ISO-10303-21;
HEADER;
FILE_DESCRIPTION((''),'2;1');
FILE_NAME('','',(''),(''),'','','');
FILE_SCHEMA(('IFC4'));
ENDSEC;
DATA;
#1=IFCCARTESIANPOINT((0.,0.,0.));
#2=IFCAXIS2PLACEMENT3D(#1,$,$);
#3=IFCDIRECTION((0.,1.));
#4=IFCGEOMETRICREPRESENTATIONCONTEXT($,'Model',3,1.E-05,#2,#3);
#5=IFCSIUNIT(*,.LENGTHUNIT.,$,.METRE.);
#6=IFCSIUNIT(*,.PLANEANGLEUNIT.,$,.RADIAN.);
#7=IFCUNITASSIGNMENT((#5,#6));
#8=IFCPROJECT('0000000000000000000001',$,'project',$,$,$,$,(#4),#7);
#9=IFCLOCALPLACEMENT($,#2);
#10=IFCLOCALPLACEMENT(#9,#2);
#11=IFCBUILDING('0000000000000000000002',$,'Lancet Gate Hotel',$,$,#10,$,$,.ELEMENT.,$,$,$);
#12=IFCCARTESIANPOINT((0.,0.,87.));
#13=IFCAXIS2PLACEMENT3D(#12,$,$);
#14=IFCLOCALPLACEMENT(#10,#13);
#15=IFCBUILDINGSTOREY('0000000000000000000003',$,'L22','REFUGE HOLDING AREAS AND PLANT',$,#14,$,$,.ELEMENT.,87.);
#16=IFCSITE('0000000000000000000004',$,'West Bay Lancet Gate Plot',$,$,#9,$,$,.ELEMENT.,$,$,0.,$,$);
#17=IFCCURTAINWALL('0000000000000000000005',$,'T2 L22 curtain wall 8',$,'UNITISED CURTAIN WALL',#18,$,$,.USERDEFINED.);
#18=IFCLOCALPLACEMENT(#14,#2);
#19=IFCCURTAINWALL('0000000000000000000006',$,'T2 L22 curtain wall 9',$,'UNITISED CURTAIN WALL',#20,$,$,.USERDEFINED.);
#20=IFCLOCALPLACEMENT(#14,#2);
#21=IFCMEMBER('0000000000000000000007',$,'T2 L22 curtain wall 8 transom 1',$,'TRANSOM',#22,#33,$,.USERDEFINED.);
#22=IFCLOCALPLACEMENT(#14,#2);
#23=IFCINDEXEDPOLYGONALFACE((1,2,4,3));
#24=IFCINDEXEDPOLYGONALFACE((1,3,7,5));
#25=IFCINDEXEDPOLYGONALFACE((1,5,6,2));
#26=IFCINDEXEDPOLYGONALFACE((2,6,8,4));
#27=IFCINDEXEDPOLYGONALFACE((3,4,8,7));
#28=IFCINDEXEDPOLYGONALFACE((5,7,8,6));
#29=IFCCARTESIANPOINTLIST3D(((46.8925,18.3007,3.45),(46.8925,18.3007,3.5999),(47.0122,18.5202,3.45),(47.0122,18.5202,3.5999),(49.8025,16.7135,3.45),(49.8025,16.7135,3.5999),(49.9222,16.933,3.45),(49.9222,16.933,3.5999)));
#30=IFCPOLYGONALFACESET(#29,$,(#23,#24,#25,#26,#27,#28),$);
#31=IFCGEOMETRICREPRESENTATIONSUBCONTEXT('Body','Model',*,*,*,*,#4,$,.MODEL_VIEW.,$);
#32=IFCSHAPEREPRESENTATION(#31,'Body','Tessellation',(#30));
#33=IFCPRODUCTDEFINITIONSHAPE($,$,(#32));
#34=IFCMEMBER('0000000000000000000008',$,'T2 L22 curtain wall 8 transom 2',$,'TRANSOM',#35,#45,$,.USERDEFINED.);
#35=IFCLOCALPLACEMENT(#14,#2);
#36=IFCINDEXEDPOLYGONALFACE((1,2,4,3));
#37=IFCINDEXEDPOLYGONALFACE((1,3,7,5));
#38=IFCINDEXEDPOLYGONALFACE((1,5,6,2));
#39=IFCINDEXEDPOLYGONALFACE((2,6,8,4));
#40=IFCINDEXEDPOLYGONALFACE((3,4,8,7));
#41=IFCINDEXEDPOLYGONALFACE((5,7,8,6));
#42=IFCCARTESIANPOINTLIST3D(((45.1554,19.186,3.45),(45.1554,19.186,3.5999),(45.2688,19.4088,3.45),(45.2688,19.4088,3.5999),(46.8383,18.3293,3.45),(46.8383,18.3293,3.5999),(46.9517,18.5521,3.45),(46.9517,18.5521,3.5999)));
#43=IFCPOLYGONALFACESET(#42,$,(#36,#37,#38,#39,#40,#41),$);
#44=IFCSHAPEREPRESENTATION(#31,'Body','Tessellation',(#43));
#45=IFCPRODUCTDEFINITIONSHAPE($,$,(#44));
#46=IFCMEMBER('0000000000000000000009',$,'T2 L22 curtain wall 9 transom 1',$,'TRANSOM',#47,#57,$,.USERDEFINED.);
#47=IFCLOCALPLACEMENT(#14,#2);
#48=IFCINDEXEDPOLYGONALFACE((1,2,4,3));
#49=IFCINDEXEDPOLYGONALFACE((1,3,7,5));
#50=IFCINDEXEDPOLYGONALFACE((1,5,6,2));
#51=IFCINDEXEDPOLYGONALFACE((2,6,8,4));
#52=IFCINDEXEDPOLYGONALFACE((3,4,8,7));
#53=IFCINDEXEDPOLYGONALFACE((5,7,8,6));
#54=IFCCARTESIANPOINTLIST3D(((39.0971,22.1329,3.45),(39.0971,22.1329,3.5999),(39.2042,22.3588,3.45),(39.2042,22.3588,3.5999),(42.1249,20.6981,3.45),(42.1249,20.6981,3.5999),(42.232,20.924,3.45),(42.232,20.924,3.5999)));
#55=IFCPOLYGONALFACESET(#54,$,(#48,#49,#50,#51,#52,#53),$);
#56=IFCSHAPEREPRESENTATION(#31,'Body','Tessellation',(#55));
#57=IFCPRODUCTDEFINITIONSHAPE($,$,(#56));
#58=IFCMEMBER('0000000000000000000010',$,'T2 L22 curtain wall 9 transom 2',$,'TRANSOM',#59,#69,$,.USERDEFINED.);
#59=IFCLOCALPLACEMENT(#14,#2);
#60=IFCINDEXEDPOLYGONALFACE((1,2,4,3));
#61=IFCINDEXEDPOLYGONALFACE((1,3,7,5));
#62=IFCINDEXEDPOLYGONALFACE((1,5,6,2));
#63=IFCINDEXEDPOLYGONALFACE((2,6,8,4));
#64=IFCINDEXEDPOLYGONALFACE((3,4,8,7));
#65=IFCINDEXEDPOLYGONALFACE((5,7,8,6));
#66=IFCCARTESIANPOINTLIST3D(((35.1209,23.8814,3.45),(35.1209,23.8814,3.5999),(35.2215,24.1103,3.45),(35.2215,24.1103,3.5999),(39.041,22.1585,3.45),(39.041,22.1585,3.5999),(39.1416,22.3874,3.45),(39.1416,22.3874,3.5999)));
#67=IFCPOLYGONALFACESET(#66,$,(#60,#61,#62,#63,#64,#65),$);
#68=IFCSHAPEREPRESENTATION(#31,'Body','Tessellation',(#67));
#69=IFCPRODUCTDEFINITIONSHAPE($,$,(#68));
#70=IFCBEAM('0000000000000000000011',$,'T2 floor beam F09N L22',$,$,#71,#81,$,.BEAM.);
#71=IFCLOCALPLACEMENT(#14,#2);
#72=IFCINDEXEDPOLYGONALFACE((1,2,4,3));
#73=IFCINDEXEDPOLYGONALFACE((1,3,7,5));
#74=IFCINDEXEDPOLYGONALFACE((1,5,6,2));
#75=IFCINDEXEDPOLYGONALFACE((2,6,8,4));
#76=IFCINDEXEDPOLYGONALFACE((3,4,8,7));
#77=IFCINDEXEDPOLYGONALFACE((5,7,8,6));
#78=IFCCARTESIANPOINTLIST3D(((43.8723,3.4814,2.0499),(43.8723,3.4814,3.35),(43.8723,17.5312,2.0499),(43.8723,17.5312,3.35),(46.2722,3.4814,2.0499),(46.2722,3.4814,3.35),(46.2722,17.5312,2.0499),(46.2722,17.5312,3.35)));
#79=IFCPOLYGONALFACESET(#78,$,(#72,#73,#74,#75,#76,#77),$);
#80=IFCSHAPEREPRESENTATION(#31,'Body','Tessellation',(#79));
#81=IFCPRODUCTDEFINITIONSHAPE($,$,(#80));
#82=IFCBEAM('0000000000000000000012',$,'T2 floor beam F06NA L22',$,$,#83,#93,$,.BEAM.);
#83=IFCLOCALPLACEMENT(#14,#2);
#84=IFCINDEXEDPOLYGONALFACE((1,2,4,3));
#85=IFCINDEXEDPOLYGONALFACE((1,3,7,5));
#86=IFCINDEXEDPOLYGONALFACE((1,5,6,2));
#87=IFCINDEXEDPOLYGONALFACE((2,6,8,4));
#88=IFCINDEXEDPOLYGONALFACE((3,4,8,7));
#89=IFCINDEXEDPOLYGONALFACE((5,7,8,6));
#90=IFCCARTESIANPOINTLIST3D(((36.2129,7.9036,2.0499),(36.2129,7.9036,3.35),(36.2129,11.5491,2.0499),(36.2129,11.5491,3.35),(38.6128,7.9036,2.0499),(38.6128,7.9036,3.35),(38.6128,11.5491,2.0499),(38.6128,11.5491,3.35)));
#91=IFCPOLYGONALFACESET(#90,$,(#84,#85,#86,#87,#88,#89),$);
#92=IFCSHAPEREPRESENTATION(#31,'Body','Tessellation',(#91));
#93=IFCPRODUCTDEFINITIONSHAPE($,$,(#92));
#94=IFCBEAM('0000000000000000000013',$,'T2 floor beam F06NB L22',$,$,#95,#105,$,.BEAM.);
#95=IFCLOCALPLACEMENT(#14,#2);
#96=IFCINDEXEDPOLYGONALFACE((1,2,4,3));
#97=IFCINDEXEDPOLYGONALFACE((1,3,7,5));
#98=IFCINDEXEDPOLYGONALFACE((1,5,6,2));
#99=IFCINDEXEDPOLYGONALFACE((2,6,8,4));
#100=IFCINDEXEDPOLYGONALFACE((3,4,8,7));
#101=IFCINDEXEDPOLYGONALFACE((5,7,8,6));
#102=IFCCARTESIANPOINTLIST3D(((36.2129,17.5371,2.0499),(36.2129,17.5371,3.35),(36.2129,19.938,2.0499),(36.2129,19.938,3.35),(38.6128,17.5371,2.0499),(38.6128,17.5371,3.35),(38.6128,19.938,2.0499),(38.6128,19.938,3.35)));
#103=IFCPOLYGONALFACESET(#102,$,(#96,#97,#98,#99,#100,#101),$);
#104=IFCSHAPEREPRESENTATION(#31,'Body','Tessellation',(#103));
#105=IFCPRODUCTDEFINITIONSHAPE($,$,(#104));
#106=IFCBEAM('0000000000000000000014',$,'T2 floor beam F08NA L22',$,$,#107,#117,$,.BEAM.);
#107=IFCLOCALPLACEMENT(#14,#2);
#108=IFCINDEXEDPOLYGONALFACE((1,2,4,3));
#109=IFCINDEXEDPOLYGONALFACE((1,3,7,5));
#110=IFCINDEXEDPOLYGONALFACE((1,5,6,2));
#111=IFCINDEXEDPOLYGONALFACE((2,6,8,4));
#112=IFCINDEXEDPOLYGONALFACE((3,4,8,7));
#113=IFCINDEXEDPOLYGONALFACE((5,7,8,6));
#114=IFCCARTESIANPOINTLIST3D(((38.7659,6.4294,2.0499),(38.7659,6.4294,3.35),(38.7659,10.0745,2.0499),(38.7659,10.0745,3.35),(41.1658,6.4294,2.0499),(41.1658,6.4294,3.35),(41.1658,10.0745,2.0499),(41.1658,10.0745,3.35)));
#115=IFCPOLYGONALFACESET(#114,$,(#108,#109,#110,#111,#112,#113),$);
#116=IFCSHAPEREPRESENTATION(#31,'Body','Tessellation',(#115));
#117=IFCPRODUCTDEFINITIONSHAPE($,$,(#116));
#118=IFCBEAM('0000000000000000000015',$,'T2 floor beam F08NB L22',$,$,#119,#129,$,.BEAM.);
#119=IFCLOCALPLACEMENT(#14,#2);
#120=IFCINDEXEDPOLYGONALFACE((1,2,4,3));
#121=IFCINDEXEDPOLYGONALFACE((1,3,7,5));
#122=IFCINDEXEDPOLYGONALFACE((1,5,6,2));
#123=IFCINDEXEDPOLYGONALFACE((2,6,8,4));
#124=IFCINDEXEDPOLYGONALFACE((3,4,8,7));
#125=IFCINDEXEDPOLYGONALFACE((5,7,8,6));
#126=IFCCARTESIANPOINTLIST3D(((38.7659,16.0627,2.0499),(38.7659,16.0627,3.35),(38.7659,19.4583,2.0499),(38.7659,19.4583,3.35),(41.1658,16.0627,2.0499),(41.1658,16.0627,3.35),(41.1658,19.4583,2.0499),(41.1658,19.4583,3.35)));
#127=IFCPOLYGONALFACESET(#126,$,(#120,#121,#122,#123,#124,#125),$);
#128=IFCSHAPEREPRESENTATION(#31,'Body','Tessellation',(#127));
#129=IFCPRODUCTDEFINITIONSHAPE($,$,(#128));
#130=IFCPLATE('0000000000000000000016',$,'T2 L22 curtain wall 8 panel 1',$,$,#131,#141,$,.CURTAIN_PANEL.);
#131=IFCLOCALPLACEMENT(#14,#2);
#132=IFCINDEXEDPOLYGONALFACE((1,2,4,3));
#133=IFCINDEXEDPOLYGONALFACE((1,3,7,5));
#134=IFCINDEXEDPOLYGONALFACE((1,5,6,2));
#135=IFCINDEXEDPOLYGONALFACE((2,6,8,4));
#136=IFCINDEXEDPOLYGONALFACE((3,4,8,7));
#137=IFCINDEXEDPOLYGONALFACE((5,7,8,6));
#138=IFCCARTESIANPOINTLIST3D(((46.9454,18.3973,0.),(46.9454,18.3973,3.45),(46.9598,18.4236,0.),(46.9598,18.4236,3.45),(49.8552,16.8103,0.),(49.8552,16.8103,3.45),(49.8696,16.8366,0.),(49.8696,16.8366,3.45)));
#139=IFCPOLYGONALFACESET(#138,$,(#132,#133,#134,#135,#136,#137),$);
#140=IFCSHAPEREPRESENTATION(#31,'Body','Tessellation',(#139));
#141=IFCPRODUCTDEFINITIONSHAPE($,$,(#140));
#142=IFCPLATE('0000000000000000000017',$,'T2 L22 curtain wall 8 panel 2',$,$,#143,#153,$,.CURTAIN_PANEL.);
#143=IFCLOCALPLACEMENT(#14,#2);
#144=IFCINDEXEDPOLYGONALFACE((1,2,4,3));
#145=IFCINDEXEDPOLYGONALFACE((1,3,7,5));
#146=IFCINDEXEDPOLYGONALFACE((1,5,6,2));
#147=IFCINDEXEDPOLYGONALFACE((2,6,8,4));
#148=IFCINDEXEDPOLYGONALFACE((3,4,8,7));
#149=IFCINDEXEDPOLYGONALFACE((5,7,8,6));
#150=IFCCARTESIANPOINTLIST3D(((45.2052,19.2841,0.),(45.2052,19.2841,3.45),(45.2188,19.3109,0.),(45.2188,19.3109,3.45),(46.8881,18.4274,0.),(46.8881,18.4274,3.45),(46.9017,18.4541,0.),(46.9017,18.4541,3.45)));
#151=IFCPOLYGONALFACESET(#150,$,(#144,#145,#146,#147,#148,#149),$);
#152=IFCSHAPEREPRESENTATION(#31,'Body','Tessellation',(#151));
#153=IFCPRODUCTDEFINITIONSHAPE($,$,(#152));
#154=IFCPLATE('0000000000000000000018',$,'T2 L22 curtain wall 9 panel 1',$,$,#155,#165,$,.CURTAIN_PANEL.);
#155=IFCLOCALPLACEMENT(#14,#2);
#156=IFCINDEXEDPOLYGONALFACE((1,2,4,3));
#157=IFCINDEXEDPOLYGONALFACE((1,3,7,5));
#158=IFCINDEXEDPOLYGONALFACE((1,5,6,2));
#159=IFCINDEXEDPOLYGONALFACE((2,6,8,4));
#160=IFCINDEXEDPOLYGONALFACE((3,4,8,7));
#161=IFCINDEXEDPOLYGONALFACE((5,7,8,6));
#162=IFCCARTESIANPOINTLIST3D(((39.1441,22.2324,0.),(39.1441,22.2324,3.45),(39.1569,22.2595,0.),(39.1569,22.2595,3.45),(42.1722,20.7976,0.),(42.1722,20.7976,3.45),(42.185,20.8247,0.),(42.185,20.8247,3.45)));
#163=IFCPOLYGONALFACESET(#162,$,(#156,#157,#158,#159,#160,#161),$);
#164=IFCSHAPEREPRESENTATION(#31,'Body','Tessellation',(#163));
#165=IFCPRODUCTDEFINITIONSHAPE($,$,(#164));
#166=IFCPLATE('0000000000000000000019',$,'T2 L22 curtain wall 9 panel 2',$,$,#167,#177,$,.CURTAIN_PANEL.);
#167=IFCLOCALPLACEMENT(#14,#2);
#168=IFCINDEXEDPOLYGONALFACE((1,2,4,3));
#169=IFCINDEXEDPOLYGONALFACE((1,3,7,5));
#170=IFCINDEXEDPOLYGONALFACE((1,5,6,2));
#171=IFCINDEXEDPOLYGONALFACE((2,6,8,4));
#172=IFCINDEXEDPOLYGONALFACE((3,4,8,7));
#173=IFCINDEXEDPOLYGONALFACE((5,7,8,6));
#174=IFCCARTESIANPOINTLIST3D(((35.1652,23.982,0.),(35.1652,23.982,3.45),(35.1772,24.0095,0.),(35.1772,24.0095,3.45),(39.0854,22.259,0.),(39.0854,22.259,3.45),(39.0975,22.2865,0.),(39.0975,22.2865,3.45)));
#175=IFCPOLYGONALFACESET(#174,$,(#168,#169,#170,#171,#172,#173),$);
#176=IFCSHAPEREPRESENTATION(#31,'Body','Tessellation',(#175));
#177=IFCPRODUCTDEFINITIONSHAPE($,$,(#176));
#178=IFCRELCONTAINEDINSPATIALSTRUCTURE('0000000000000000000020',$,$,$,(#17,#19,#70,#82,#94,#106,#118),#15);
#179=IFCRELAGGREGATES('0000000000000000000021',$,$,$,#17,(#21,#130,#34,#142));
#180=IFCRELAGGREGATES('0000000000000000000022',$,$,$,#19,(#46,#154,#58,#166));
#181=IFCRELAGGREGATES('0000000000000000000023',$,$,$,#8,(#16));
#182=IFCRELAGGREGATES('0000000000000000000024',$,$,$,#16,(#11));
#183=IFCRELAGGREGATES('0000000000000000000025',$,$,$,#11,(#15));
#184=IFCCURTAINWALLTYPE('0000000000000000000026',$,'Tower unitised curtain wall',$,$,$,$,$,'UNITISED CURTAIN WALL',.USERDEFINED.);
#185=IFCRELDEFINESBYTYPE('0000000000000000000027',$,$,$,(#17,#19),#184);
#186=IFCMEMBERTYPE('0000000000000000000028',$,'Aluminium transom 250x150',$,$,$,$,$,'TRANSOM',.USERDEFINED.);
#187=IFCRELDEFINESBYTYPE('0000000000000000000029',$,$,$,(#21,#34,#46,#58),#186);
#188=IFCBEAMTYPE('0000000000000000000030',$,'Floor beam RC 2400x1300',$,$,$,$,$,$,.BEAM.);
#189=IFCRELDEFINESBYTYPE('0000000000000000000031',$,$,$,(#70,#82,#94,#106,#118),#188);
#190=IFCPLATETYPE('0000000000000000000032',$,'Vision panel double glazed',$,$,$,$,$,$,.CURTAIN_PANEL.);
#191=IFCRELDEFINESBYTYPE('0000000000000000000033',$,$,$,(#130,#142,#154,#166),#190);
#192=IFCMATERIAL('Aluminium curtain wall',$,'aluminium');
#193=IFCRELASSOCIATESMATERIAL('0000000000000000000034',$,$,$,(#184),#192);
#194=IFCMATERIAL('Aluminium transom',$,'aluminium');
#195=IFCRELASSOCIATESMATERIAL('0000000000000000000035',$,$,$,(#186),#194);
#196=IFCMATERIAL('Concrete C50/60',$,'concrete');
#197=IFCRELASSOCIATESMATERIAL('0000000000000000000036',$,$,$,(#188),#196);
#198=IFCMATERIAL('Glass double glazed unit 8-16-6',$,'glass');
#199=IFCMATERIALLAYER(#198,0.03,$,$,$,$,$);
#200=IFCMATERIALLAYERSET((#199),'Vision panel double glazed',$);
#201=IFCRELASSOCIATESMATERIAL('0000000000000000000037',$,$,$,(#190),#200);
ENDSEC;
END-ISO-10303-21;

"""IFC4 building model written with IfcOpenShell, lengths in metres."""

from ifc_helpers import new_model, si_unit, direction, frame, origin, origin_2d, place, context, subcontext, project, spatial, rectangle, extrude, material, layer, layer_set, material_profile, profile_set, type_object, element, aggregate, save


model = new_model("IFC4")

# Units and contexts
model_context = context("Model", 3, precision=1e-05, world=origin(), true_north=direction((0.0, 1.0)))
body_context = subcontext(model_context, "Body", "Model", "MODEL_VIEW")
ifc_project = project(units=[si_unit("LENGTHUNIT", "METRE"), si_unit("PLANEANGLEUNIT", "RADIAN")], contexts=[model_context])

# Site, building, storey
site_placement = place(None, origin())
site = spatial("IfcSite", under=ifc_project, at=site_placement, Name="West Bay Lancet Gate Plot", CompositionType="ELEMENT", RefElevation=0.0)
building_placement = place(site_placement, origin())
building = spatial("IfcBuilding", under=site, at=building_placement, Name="Lancet Gate Hotel", CompositionType="ELEMENT")
storey_placement = place(building_placement, frame((0.0, 0.0, 87.0)))
storey = spatial("IfcBuildingStorey", under=building, at=storey_placement, Name="L22", Description="REFUGE HOLDING AREAS AND PLANT", CompositionType="ELEMENT", Elevation=87.0)

# Curtain walls
ifc_material_1 = material(Name="Aluminium curtain wall", Category="aluminium")
curtain_wall_type = type_object("IfcCurtainWallType", Name="Tower unitised curtain wall", ElementType="UNITISED CURTAIN WALL", PredefinedType="USERDEFINED", material=ifc_material_1)
curtain_wall_1_placement = place(storey_placement, origin())
curtain_wall_1 = element("IfcCurtainWall", 1, at=curtain_wall_1_placement, inside=storey, type_object=curtain_wall_type, Name="T2 L22 curtain wall 8", ObjectType="UNITISED CURTAIN WALL", PredefinedType="USERDEFINED")
curtain_wall_2_placement = place(storey_placement, origin())
curtain_wall_2 = element("IfcCurtainWall", 2, at=curtain_wall_2_placement, inside=storey, type_object=curtain_wall_type, Name="T2 L22 curtain wall 9", ObjectType="UNITISED CURTAIN WALL", PredefinedType="USERDEFINED")

# Members
ifc_material_2 = material(Name="Aluminium transom", Category="aluminium")
ifc_material_profile_1 = material_profile(ifc_material_2, rectangle(XDim=0.25, YDim=0.1499, at=origin_2d()), Name="TRANSOM 250x150")
ifc_profile_set_1 = profile_set([ifc_material_profile_1], Name="Aluminium transom")
member_type_1 = type_object("IfcMemberType", Name="Aluminium transom 250x150", ElementType="TRANSOM", PredefinedType="USERDEFINED", material=ifc_profile_set_1)
member_1_placement = place(storey_placement, frame((49.8623, 16.8232, 3.5249), z_axis=(-0.877904, 0.478837, 0.0), x_axis=(-0.478837, -0.877904, 0.0)))
member_1 = element("IfcMember", 3, at=member_1_placement, type_object=member_type_1, Name="T2 L22 curtain wall 8 transom 1", ObjectType="TRANSOM", PredefinedType="USERDEFINED", context=body_context, shape_type="SweptSolid", body=[
    extrude(rectangle(XDim=0.25, YDim=0.1499, at=origin_2d()), origin(), (0.0, 0.0, 1.0), 3.3147),
])
member_2_placement = place(storey_placement, frame((46.895, 18.4407, 3.5249), z_axis=(-0.891172, 0.453666, 0.0), x_axis=(-0.453666, -0.891172, 0.0)))
member_2 = element("IfcMember", 4, at=member_2_placement, type_object=member_type_1, Name="T2 L22 curtain wall 8 transom 2", ObjectType="TRANSOM", PredefinedType="USERDEFINED", context=body_context, shape_type="SweptSolid", body=[
    extrude(rectangle(XDim=0.25, YDim=0.1499, at=origin_2d()), origin(), (0.0, 0.0, 1.0), 1.8884),
])
member_3_placement = place(storey_placement, frame((42.1785, 20.811, 3.5249), z_axis=(-0.903671, 0.428227, 0.0), x_axis=(-0.428227, -0.903671, 0.0)))
member_3 = element("IfcMember", 5, at=member_3_placement, type_object=member_type_1, Name="T2 L22 curtain wall 9 transom 1", ObjectType="TRANSOM", PredefinedType="USERDEFINED", context=body_context, shape_type="SweptSolid", body=[
    extrude(rectangle(XDim=0.25, YDim=0.1499, at=origin_2d()), origin(), (0.0, 0.0, 1.0), 3.3506),
])
member_4_placement = place(storey_placement, frame((39.0913, 22.2729, 3.5249), z_axis=(-0.915485, 0.402353, 0.0), x_axis=(-0.402353, -0.915485, 0.0)))
member_4 = element("IfcMember", 6, at=member_4_placement, type_object=member_type_1, Name="T2 L22 curtain wall 9 transom 2", ObjectType="TRANSOM", PredefinedType="USERDEFINED", context=body_context, shape_type="SweptSolid", body=[
    extrude(rectangle(XDim=0.25, YDim=0.1499, at=origin_2d()), origin(), (0.0, 0.0, 1.0), 4.282),
])

# Beams
ifc_material_3 = material(Name="Concrete C50/60", Category="concrete")
ifc_material_profile_2 = material_profile(ifc_material_3, rectangle(XDim=2.3999, YDim=1.3, at=origin_2d()), Name="RC 2400x1300")
ifc_profile_set_2 = profile_set([ifc_material_profile_2], Name="Concrete C50/60")
beam_type = type_object("IfcBeamType", Name="Floor beam RC 2400x1300", PredefinedType="BEAM", material=ifc_profile_set_2)
beam_1_placement = place(storey_placement, frame((45.0723, 3.4814, 2.7), z_axis=(0.0, 1.0, 0.0), x_axis=(-1.0, 0.0, 0.0)))
element("IfcBeam", 7, at=beam_1_placement, inside=storey, type_object=beam_type, Name="T2 floor beam F09N L22", PredefinedType="BEAM", context=body_context, shape_type="SweptSolid", body=[
    extrude(rectangle(XDim=2.3999, YDim=1.3, at=origin_2d()), origin(), (0.0, 0.0, 1.0), 14.0498),
])
beam_2_placement = place(storey_placement, frame((37.4128, 7.9036, 2.7), z_axis=(0.0, 1.0, 0.0), x_axis=(-1.0, 0.0, 0.0)))
element("IfcBeam", 8, at=beam_2_placement, inside=storey, type_object=beam_type, Name="T2 floor beam F06NA L22", PredefinedType="BEAM", context=body_context, shape_type="SweptSolid", body=[
    extrude(rectangle(XDim=2.3999, YDim=1.3, at=origin_2d()), origin(), (0.0, 0.0, 1.0), 3.6455),
])
beam_3_placement = place(storey_placement, frame((37.4128, 17.5371, 2.7), z_axis=(0.0, 1.0, 0.0), x_axis=(-1.0, 0.0, 0.0)))
element("IfcBeam", 9, at=beam_3_placement, inside=storey, type_object=beam_type, Name="T2 floor beam F06NB L22", PredefinedType="BEAM", context=body_context, shape_type="SweptSolid", body=[
    extrude(rectangle(XDim=2.3999, YDim=1.3, at=origin_2d()), origin(), (0.0, 0.0, 1.0), 2.4009),
])
beam_4_placement = place(storey_placement, frame((39.9658, 6.4294, 2.7), z_axis=(0.0, 1.0, 0.0), x_axis=(-1.0, 0.0, 0.0)))
element("IfcBeam", 10, at=beam_4_placement, inside=storey, type_object=beam_type, Name="T2 floor beam F08NA L22", PredefinedType="BEAM", context=body_context, shape_type="SweptSolid", body=[
    extrude(rectangle(XDim=2.3999, YDim=1.3, at=origin_2d()), origin(), (0.0, 0.0, 1.0), 3.645),
])
beam_5_placement = place(storey_placement, frame((39.9658, 16.0627, 2.7), z_axis=(0.0, 1.0, 0.0), x_axis=(-1.0, 0.0, 0.0)))
element("IfcBeam", 11, at=beam_5_placement, inside=storey, type_object=beam_type, Name="T2 floor beam F08NB L22", PredefinedType="BEAM", context=body_context, shape_type="SweptSolid", body=[
    extrude(rectangle(XDim=2.3999, YDim=1.3, at=origin_2d()), origin(), (0.0, 0.0, 1.0), 3.3955),
])

# Plates
ifc_material_4 = material(Name="Glass double glazed unit 8-16-6", Category="glass")
ifc_layer_1 = layer(ifc_material_4, 0.03)
ifc_layer_set_1 = layer_set([ifc_layer_1], Name="Vision panel double glazed")
plate_type = type_object("IfcPlateType", Name="Vision panel double glazed", PredefinedType="CURTAIN_PANEL", material=ifc_layer_set_1)
plate_1_placement = place(storey_placement, frame((48.4075, 17.6169, 0.0), z_axis=(0.0, 0.0, 1.0), x_axis=(-0.877916, 0.478814, 0.0)))
plate_1 = element("IfcPlate", 12, at=plate_1_placement, type_object=plate_type, Name="T2 L22 curtain wall 8 panel 1", PredefinedType="CURTAIN_PANEL", context=body_context, shape_type="SweptSolid", body=[
    extrude(rectangle(XDim=3.3145, YDim=0.03, at=origin_2d()), origin(), (0.0, 0.0, 1.0), 3.45),
])
plate_2_placement = place(storey_placement, frame((46.0535, 18.8691, 0.0), z_axis=(0.0, 0.0, 1.0), x_axis=(-0.891159, 0.45369, 0.0)))
plate_2 = element("IfcPlate", 13, at=plate_2_placement, type_object=plate_type, Name="T2 L22 curtain wall 8 panel 2", PredefinedType="CURTAIN_PANEL", context=body_context, shape_type="SweptSolid", body=[
    extrude(rectangle(XDim=1.8884, YDim=0.03, at=origin_2d()), origin(), (0.0, 0.0, 1.0), 3.45),
])
aggregate(curtain_wall_1, [member_1, plate_1, member_2, plate_2])
plate_3_placement = place(storey_placement, frame((40.6646, 21.5286, 0.0), z_axis=(0.0, 0.0, 1.0), x_axis=(-0.903683, 0.428201, 0.0)))
plate_3 = element("IfcPlate", 14, at=plate_3_placement, type_object=plate_type, Name="T2 L22 curtain wall 9 panel 1", PredefinedType="CURTAIN_PANEL", context=body_context, shape_type="SweptSolid", body=[
    extrude(rectangle(XDim=3.3508, YDim=0.03, at=origin_2d()), origin(), (0.0, 0.0, 1.0), 3.45),
])
plate_4_placement = place(storey_placement, frame((37.1313, 23.1343, 0.0), z_axis=(0.0, 0.0, 1.0), x_axis=(-0.915479, 0.402367, 0.0)))
plate_4 = element("IfcPlate", 15, at=plate_4_placement, type_object=plate_type, Name="T2 L22 curtain wall 9 panel 2", PredefinedType="CURTAIN_PANEL", context=body_context, shape_type="SweptSolid", body=[
    extrude(rectangle(XDim=4.2822, YDim=0.03, at=origin_2d()), origin(), (0.0, 0.0, 1.0), 3.45),
])
aggregate(curtain_wall_2, [member_3, plate_3, member_4, plate_4])

save(model, "model.ifc")
